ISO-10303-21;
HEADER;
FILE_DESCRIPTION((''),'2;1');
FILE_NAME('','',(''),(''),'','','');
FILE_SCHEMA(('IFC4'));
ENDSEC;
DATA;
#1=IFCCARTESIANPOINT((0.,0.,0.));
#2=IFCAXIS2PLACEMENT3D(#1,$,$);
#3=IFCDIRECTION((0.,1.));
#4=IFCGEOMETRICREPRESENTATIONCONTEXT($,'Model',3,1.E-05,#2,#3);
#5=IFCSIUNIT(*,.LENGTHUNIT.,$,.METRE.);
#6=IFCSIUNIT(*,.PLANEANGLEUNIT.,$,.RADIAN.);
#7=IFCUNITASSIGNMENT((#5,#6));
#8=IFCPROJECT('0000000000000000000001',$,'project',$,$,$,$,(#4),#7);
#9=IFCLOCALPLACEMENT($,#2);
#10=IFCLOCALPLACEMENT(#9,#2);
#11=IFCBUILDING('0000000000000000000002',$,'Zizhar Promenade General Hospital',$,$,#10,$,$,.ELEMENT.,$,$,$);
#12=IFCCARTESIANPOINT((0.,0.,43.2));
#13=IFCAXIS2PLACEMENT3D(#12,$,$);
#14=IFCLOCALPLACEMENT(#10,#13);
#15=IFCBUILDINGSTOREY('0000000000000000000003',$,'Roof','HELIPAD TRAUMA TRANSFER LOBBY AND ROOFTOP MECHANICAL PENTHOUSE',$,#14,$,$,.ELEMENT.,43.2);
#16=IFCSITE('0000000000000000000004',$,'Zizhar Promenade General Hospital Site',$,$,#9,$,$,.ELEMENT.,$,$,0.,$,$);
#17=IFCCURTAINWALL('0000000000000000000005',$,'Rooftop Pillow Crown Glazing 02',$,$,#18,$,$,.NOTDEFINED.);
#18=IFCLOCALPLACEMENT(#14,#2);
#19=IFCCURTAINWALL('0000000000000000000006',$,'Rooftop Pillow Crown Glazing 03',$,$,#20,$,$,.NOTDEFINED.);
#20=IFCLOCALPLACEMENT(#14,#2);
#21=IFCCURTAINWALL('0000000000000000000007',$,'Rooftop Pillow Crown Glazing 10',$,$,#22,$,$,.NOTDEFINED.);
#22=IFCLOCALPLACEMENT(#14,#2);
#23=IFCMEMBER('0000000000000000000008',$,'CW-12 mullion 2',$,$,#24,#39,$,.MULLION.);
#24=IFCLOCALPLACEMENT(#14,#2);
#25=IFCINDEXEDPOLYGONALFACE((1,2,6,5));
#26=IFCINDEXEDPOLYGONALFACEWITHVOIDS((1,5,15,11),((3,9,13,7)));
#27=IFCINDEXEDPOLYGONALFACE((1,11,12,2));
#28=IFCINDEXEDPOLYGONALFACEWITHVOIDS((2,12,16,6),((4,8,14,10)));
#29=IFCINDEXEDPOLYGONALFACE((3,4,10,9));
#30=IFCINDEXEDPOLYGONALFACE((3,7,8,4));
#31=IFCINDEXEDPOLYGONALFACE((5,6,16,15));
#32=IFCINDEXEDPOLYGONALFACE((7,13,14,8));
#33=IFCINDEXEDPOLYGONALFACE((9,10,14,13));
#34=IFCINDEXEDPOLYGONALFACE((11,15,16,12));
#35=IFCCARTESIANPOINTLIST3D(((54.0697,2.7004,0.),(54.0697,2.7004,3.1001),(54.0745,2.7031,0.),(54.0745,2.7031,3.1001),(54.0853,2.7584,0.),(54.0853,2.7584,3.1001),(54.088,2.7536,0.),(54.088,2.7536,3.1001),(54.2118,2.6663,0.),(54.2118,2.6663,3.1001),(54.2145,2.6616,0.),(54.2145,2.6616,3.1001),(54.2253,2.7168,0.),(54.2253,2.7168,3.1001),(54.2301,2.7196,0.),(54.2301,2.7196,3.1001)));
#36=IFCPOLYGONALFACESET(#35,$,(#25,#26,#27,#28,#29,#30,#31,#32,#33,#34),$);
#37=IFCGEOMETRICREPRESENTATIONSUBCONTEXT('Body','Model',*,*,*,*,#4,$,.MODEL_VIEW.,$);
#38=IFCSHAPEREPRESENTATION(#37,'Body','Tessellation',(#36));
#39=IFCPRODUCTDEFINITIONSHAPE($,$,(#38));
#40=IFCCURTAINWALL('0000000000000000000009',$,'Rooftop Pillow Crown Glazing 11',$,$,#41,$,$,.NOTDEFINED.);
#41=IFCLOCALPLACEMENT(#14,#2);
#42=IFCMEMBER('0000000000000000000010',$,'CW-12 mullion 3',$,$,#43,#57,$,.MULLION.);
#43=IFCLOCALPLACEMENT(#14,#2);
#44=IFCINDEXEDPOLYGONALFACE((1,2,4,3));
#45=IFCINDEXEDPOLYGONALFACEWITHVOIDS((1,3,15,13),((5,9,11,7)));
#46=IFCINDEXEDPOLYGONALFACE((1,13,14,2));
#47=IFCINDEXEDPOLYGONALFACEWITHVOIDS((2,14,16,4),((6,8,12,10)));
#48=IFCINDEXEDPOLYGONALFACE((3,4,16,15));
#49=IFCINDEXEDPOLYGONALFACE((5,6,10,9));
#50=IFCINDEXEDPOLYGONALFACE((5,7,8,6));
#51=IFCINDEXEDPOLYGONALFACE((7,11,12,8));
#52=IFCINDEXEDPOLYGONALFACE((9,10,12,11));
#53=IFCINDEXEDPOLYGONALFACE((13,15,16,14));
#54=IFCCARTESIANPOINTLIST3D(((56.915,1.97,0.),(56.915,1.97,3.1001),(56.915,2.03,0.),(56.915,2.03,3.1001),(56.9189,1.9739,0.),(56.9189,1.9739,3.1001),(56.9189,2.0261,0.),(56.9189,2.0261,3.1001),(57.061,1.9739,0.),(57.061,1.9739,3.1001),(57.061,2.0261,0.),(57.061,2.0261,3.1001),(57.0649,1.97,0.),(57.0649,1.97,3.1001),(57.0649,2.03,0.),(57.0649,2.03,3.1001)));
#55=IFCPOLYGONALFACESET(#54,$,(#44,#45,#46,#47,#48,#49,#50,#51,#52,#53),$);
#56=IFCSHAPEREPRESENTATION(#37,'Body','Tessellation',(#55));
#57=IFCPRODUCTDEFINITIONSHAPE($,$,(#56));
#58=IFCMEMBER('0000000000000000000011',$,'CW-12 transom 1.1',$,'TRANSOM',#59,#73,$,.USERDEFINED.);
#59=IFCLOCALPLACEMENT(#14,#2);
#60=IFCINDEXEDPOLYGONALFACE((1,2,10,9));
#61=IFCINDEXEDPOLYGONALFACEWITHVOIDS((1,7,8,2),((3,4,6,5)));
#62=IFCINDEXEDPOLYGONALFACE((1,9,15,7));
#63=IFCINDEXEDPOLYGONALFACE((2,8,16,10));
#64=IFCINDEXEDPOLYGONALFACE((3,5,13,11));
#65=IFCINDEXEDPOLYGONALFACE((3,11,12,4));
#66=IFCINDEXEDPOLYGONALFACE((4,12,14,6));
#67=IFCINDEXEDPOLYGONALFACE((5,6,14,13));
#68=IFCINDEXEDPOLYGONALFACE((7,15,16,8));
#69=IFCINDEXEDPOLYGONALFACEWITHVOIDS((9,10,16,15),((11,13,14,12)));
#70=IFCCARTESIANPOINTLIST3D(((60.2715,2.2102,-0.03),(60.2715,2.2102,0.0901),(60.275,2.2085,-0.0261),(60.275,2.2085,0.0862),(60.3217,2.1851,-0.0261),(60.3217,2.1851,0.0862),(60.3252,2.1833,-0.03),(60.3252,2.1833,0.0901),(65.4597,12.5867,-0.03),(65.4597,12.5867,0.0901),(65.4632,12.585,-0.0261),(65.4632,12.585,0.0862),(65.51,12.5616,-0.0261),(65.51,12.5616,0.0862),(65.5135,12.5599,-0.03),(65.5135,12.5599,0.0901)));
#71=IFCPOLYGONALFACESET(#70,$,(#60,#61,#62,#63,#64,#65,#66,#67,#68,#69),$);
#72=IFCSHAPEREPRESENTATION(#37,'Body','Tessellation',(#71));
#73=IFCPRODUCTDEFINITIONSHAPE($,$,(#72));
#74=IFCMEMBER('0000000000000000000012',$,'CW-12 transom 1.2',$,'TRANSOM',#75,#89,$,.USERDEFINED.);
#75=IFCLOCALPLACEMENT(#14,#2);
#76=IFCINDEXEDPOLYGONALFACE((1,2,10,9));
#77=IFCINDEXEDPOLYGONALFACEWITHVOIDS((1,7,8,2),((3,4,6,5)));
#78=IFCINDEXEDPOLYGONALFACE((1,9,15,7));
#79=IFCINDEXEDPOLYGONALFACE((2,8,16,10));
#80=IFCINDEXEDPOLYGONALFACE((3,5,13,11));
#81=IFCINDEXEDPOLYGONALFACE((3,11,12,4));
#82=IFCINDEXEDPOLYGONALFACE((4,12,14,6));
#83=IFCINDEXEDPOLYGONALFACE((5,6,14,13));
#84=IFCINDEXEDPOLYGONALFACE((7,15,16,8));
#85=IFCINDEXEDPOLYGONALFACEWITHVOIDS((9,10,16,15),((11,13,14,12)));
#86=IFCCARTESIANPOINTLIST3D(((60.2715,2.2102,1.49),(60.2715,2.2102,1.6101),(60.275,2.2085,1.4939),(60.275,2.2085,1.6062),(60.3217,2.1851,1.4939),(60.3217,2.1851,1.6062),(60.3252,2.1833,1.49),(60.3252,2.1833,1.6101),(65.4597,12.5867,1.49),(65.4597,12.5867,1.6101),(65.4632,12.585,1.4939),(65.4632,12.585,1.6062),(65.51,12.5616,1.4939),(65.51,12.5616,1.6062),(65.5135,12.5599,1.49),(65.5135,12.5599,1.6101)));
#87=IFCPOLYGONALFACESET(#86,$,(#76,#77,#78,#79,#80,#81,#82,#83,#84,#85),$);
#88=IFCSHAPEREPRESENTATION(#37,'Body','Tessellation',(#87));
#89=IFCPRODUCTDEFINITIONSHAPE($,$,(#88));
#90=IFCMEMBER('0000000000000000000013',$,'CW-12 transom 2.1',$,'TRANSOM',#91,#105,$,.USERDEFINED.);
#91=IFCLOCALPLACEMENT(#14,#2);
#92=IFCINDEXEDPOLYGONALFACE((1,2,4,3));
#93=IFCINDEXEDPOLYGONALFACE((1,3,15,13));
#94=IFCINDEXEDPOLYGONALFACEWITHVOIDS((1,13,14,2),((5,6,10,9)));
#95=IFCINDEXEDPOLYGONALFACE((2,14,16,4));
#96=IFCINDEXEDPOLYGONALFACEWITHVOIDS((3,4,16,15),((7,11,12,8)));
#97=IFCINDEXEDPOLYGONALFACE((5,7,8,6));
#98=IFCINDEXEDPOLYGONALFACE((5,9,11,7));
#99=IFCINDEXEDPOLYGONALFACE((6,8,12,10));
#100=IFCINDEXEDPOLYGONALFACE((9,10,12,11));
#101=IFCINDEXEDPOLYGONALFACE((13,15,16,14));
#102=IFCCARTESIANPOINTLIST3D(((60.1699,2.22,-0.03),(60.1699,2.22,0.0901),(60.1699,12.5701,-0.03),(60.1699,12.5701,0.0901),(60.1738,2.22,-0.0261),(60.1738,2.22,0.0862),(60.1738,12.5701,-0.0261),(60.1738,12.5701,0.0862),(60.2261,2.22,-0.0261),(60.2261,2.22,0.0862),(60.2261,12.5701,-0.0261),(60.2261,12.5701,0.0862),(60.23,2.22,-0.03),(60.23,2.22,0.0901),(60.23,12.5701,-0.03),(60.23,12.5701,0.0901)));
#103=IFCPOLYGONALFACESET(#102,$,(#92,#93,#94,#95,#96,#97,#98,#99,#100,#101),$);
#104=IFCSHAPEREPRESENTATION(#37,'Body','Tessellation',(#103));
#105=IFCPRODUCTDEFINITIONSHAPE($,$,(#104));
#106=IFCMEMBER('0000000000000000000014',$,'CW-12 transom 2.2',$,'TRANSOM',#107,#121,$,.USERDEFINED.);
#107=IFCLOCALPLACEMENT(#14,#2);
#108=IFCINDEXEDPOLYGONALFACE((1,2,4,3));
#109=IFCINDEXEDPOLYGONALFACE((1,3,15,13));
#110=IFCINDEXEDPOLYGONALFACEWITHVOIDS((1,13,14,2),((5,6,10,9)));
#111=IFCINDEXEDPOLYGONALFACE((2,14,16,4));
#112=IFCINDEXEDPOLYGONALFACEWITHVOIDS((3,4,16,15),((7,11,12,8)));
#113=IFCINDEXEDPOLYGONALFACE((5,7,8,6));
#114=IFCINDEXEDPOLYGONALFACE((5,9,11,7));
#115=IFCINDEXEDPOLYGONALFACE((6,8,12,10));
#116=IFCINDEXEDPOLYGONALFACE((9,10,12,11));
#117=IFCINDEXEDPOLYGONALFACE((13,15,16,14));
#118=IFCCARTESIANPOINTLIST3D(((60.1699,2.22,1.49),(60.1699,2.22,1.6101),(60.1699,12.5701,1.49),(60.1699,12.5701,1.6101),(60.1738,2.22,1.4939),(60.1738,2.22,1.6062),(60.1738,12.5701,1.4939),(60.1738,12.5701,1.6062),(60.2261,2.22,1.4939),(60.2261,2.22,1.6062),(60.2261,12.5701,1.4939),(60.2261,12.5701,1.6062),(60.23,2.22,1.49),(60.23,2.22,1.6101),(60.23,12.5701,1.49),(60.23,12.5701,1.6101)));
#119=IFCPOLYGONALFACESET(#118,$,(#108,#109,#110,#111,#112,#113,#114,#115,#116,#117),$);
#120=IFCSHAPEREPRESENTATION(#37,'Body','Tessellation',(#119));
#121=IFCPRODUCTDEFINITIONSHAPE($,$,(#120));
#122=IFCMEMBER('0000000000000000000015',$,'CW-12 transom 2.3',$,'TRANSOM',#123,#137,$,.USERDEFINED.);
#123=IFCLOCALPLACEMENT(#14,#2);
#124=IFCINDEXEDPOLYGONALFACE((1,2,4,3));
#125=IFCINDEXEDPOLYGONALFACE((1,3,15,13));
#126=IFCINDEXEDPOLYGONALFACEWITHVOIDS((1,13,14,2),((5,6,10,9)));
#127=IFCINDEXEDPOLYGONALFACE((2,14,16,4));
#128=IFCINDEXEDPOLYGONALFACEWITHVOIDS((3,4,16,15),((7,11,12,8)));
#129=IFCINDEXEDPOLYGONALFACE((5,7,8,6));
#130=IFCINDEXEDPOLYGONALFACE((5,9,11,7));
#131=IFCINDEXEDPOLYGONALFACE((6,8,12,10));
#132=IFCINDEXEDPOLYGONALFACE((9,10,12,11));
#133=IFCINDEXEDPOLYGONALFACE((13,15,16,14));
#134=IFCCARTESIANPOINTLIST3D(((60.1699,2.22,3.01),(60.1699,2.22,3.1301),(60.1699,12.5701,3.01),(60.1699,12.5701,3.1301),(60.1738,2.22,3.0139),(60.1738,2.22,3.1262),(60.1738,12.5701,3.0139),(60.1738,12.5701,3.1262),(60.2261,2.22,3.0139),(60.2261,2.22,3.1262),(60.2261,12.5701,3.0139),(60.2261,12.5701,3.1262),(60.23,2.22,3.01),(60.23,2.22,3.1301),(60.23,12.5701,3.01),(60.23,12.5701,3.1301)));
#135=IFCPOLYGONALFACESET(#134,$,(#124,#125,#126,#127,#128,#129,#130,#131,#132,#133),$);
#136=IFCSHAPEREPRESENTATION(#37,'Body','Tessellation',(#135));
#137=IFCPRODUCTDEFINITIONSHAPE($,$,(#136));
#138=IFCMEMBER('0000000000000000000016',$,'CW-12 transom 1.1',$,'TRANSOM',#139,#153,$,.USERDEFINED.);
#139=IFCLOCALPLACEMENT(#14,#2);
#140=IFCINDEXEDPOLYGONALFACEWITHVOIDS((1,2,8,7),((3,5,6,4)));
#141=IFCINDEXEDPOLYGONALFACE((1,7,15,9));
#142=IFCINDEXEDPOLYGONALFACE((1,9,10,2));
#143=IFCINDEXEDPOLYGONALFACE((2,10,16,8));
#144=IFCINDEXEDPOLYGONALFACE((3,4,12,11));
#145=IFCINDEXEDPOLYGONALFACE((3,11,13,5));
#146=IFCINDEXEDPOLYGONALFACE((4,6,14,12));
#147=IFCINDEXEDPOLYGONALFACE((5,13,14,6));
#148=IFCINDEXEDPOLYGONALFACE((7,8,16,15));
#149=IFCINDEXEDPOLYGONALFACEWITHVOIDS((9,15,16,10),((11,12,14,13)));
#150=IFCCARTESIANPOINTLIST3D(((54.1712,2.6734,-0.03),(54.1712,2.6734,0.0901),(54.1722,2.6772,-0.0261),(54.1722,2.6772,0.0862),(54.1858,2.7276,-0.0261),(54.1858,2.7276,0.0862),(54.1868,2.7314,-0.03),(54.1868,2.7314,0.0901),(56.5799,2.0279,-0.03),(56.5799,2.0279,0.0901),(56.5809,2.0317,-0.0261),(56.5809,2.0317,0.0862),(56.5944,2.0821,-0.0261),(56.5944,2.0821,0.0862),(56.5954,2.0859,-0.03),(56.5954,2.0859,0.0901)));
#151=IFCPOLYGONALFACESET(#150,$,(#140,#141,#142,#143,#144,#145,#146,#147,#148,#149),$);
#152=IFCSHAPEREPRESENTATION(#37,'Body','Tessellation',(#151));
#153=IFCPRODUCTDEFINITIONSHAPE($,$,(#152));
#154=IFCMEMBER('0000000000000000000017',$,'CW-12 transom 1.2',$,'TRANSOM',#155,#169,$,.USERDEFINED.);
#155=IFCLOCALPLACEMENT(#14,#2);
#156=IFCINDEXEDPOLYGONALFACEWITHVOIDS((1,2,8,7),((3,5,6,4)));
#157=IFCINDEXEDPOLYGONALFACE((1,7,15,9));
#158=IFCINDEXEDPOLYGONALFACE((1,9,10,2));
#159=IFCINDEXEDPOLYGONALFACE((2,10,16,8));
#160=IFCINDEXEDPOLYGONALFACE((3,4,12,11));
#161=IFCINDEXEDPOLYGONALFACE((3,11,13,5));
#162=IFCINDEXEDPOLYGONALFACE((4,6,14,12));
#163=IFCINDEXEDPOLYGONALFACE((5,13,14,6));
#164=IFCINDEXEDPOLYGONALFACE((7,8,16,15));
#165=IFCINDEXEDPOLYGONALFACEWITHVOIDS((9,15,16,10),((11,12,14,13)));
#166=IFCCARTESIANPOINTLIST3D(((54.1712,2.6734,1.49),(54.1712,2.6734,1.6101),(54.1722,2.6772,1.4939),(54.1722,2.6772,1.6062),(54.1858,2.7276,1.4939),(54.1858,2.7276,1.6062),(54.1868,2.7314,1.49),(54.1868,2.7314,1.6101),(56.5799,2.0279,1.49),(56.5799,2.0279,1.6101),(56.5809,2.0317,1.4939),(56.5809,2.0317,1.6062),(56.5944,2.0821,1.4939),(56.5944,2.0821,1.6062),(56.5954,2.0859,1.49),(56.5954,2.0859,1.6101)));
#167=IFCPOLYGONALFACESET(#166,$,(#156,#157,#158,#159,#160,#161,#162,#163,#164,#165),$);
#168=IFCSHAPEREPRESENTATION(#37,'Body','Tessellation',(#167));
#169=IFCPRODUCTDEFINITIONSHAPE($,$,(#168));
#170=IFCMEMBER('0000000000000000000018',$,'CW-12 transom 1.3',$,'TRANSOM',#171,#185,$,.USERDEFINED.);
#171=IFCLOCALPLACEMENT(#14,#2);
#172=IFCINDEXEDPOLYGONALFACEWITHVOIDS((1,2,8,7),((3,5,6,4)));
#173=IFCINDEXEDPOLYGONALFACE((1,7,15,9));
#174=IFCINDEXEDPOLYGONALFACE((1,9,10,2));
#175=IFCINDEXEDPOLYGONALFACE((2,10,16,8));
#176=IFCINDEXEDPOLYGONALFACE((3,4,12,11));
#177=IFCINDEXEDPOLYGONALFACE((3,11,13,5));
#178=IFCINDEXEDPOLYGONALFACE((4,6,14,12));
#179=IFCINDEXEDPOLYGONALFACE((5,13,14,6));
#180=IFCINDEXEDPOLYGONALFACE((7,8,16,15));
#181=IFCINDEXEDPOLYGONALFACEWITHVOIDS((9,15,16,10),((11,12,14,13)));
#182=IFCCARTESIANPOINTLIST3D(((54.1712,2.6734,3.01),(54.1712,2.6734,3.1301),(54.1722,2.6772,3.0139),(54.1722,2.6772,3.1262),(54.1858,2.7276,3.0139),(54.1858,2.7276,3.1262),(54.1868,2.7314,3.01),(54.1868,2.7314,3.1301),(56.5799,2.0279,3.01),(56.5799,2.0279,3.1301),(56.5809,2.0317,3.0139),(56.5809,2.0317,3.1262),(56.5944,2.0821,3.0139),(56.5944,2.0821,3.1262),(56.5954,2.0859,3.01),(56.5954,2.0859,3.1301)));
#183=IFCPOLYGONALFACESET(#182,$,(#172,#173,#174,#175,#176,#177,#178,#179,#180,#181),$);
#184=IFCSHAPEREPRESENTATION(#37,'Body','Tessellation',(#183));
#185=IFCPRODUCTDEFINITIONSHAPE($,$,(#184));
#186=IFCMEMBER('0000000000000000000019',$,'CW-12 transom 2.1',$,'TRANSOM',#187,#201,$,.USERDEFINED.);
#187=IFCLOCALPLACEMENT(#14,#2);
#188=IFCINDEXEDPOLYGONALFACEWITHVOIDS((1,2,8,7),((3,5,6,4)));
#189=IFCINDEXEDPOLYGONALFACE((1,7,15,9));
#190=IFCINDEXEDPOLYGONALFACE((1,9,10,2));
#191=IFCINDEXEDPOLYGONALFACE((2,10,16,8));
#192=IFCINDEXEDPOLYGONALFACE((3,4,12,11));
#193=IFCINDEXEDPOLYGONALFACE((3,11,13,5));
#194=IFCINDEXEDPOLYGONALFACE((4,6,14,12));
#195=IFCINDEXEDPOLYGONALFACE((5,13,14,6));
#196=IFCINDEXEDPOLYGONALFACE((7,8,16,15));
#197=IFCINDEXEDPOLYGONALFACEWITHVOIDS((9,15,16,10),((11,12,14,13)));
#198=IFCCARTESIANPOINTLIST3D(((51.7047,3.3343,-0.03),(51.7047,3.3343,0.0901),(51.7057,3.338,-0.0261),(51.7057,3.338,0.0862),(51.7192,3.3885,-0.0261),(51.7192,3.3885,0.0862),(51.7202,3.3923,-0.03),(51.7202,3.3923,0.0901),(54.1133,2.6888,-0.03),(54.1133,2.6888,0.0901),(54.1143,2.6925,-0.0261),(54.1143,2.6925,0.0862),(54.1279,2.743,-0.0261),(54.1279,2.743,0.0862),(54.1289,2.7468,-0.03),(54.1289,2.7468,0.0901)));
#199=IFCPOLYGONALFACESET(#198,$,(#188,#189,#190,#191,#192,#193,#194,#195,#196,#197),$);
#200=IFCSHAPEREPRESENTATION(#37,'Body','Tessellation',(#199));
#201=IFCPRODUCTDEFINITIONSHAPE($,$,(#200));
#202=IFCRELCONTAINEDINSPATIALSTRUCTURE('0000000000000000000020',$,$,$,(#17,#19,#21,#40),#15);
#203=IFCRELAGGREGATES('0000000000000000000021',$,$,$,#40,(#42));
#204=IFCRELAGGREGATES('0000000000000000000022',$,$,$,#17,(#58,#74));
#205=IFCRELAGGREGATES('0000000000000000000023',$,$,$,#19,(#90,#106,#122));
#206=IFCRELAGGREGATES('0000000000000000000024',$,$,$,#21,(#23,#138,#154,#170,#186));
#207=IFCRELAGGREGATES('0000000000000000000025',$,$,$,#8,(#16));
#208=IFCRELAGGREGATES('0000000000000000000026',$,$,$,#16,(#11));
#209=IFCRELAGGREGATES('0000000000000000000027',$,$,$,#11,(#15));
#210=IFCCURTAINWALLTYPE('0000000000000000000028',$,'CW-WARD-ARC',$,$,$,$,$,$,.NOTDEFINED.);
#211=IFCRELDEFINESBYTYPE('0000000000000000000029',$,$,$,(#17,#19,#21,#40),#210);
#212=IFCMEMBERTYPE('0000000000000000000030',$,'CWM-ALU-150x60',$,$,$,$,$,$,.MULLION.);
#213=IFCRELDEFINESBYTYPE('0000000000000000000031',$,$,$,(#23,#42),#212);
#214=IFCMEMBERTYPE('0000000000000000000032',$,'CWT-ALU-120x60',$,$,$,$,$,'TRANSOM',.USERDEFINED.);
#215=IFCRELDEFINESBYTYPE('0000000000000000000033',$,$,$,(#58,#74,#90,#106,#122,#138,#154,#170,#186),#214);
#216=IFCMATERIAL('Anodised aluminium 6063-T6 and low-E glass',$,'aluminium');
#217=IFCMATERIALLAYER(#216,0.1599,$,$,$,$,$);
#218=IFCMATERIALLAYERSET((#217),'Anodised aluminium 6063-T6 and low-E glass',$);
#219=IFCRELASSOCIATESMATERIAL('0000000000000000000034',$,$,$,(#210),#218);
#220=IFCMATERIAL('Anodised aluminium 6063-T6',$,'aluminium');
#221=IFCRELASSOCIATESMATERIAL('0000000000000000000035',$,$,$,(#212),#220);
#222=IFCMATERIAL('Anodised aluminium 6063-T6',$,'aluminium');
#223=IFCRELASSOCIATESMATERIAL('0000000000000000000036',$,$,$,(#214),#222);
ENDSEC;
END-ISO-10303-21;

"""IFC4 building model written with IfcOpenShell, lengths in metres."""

from ifc_helpers import new_model, si_unit, direction, frame, origin, origin_2d, place, context, subcontext, project, spatial, hollow_rectangle, extrude, material, layer, layer_set, material_profile, profile_set, type_object, element, aggregate, save


model = new_model("IFC4")

# Units and contexts
model_context = context("Model", 3, precision=1e-05, world=origin(), true_north=direction((0.0, 1.0)))
body_context = subcontext(model_context, "Body", "Model", "MODEL_VIEW")
ifc_project = project(units=[si_unit("LENGTHUNIT", "METRE"), si_unit("PLANEANGLEUNIT", "RADIAN")], contexts=[model_context])

# Site, building, storey
site_placement = place(None, origin())
site = spatial("IfcSite", under=ifc_project, at=site_placement, Name="Zizhar Promenade General Hospital Site", CompositionType="ELEMENT", RefElevation=0.0)
building_placement = place(site_placement, origin())
building = spatial("IfcBuilding", under=site, at=building_placement, Name="Zizhar Promenade General Hospital", CompositionType="ELEMENT")
storey_placement = place(building_placement, frame((0.0, 0.0, 43.2)))
storey = spatial("IfcBuildingStorey", under=building, at=storey_placement, Name="Roof", Description="HELIPAD TRAUMA TRANSFER LOBBY AND ROOFTOP MECHANICAL PENTHOUSE", CompositionType="ELEMENT", Elevation=43.2)

# Curtain wall
ifc_material_1 = material(Name="Anodised aluminium 6063-T6 and low-E glass", Category="aluminium")
ifc_layer_1 = layer(ifc_material_1, 0.1599)
ifc_layer_set_1 = layer_set([ifc_layer_1], Name="Anodised aluminium 6063-T6 and low-E glass")
curtain_wall_type = type_object("IfcCurtainWallType", Name="CW-WARD-ARC", PredefinedType="NOTDEFINED", material=ifc_layer_set_1)
curtain_wall_1_placement = place(storey_placement, origin())
curtain_wall_1 = element("IfcCurtainWall", 1, at=curtain_wall_1_placement, inside=storey, type_object=curtain_wall_type, Name="Rooftop Pillow Crown Glazing 02", PredefinedType="NOTDEFINED")
ifc_material_2 = material(Name="Anodised aluminium 6063-T6", Category="aluminium")
ifc_material_profile_1 = material_profile(ifc_material_2, hollow_rectangle(XDim=0.0601, YDim=0.1499, WallThickness=0.0039, at=origin_2d()))
ifc_profile_set_1 = profile_set([ifc_material_profile_1], Name="Anodised aluminium 6063-T6")
member_type_1 = type_object("IfcMemberType", Name="CWM-ALU-150x60", PredefinedType="MULLION", material=ifc_profile_set_1)

# Curtain walls, member
curtain_wall_2_placement = place(storey_placement, origin())
curtain_wall_2 = element("IfcCurtainWall", 2, at=curtain_wall_2_placement, inside=storey, type_object=curtain_wall_type, Name="Rooftop Pillow Crown Glazing 03", PredefinedType="NOTDEFINED")
curtain_wall_3_placement = place(storey_placement, origin())
curtain_wall_3 = element("IfcCurtainWall", 3, at=curtain_wall_3_placement, inside=storey, type_object=curtain_wall_type, Name="Rooftop Pillow Crown Glazing 10", PredefinedType="NOTDEFINED")
member_1_placement = place(storey_placement, frame((54.1499, 2.71, 0.0), z_axis=(0.0, 0.0, 1.0), x_axis=(-0.258813, -0.965927, 0.0)))
member_1 = element("IfcMember", 4, at=member_1_placement, type_object=member_type_1, Name="CW-12 mullion 2", PredefinedType="MULLION", context=body_context, shape_type="SweptSolid", body=[
    extrude(hollow_rectangle(XDim=0.0601, YDim=0.1499, WallThickness=0.0039, at=origin_2d()), origin(), (0.0, 0.0, 1.0), 3.1001),
])

# Curtain wall, member
curtain_wall_4_placement = place(storey_placement, origin())
curtain_wall_4 = element("IfcCurtainWall", 5, at=curtain_wall_4_placement, inside=storey, type_object=curtain_wall_type, Name="Rooftop Pillow Crown Glazing 11", PredefinedType="NOTDEFINED")
member_2_placement = place(storey_placement, frame((56.99, 2.0, 0.0), z_axis=(0.0, 0.0, 1.0), x_axis=(0.0, -1.0, 0.0)))
member_2 = element("IfcMember", 6, at=member_2_placement, type_object=member_type_1, Name="CW-12 mullion 3", PredefinedType="MULLION", context=body_context, shape_type="SweptSolid", body=[
    extrude(hollow_rectangle(XDim=0.0601, YDim=0.1499, WallThickness=0.0039, at=origin_2d()), origin(), (0.0, 0.0, 1.0), 3.1001),
])
aggregate(curtain_wall_4, [member_2])

# Members
ifc_material_3 = material(Name="Anodised aluminium 6063-T6", Category="aluminium")
ifc_material_profile_2 = material_profile(ifc_material_3, hollow_rectangle(XDim=0.0601, YDim=0.1201, WallThickness=0.0039, at=origin_2d()))
ifc_profile_set_2 = profile_set([ifc_material_profile_2], Name="Anodised aluminium 6063-T6")
member_type_2 = type_object("IfcMemberType", Name="CWT-ALU-120x60", ElementType="TRANSOM", PredefinedType="USERDEFINED", material=ifc_profile_set_2)
member_3_placement = place(storey_placement, frame((60.2983, 2.1968, 0.03), z_axis=(0.447214, 0.894427, 0.0), x_axis=(-0.894427, 0.447214, 0.0)))
member_3 = element("IfcMember", 7, at=member_3_placement, type_object=member_type_2, Name="CW-12 transom 1.1", ObjectType="TRANSOM", PredefinedType="USERDEFINED", context=body_context, shape_type="SweptSolid", body=[
    extrude(hollow_rectangle(XDim=0.0601, YDim=0.1201, WallThickness=0.0039, at=origin_2d()), origin(), (0.0, 0.0, 1.0), 11.6013),
])
member_4_placement = place(storey_placement, frame((60.2983, 2.1968, 1.55), z_axis=(0.447214, 0.894427, 0.0), x_axis=(-0.894427, 0.447214, 0.0)))
member_4 = element("IfcMember", 8, at=member_4_placement, type_object=member_type_2, Name="CW-12 transom 1.2", ObjectType="TRANSOM", PredefinedType="USERDEFINED", context=body_context, shape_type="SweptSolid", body=[
    extrude(hollow_rectangle(XDim=0.0601, YDim=0.1201, WallThickness=0.0039, at=origin_2d()), origin(), (0.0, 0.0, 1.0), 11.6013),
])
aggregate(curtain_wall_1, [member_3, member_4])
member_5_placement = place(storey_placement, frame((60.2, 12.5701, 0.03), z_axis=(0.0, -1.0, 0.0), x_axis=(1.0, 0.0, 0.0)))
member_5 = element("IfcMember", 9, at=member_5_placement, type_object=member_type_2, Name="CW-12 transom 2.1", ObjectType="TRANSOM", PredefinedType="USERDEFINED", context=body_context, shape_type="SweptSolid", body=[
    extrude(hollow_rectangle(XDim=0.0601, YDim=0.1201, WallThickness=0.0039, at=origin_2d()), origin(), (0.0, 0.0, 1.0), 10.3501),
])
member_6_placement = place(storey_placement, frame((60.2, 12.5701, 1.55), z_axis=(0.0, -1.0, 0.0), x_axis=(1.0, 0.0, 0.0)))
member_6 = element("IfcMember", 10, at=member_6_placement, type_object=member_type_2, Name="CW-12 transom 2.2", ObjectType="TRANSOM", PredefinedType="USERDEFINED", context=body_context, shape_type="SweptSolid", body=[
    extrude(hollow_rectangle(XDim=0.0601, YDim=0.1201, WallThickness=0.0039, at=origin_2d()), origin(), (0.0, 0.0, 1.0), 10.3501),
])
member_7_placement = place(storey_placement, frame((60.2, 12.5701, 3.0701), z_axis=(0.0, -1.0, 0.0), x_axis=(1.0, 0.0, 0.0)))
member_7 = element("IfcMember", 11, at=member_7_placement, type_object=member_type_2, Name="CW-12 transom 2.3", ObjectType="TRANSOM", PredefinedType="USERDEFINED", context=body_context, shape_type="SweptSolid", body=[
    extrude(hollow_rectangle(XDim=0.0601, YDim=0.1201, WallThickness=0.0039, at=origin_2d()), origin(), (0.0, 0.0, 1.0), 10.3501),
])
member_8_placement = place(storey_placement, frame((56.5876, 2.0569, 0.03), z_axis=(-0.965916, 0.258857, 0.0), x_axis=(-0.258857, -0.965916, 0.0)))
member_8 = element("IfcMember", 12, at=member_8_placement, type_object=member_type_2, Name="CW-12 transom 1.1", ObjectType="TRANSOM", PredefinedType="USERDEFINED", context=body_context, shape_type="SweptSolid", body=[
    extrude(hollow_rectangle(XDim=0.0601, YDim=0.1201, WallThickness=0.0039, at=origin_2d()), origin(), (0.0, 0.0, 1.0), 2.4937),
])
member_9_placement = place(storey_placement, frame((56.5876, 2.0569, 1.55), z_axis=(-0.965916, 0.258857, 0.0), x_axis=(-0.258857, -0.965916, 0.0)))
member_9 = element("IfcMember", 13, at=member_9_placement, type_object=member_type_2, Name="CW-12 transom 1.2", ObjectType="TRANSOM", PredefinedType="USERDEFINED", context=body_context, shape_type="SweptSolid", body=[
    extrude(hollow_rectangle(XDim=0.0601, YDim=0.1201, WallThickness=0.0039, at=origin_2d()), origin(), (0.0, 0.0, 1.0), 2.4937),
])
member_10_placement = place(storey_placement, frame((56.5876, 2.0569, 3.0701), z_axis=(-0.965916, 0.258857, 0.0), x_axis=(-0.258857, -0.965916, 0.0)))
member_10 = element("IfcMember", 14, at=member_10_placement, type_object=member_type_2, Name="CW-12 transom 1.3", ObjectType="TRANSOM", PredefinedType="USERDEFINED", context=body_context, shape_type="SweptSolid", body=[
    extrude(hollow_rectangle(XDim=0.0601, YDim=0.1201, WallThickness=0.0039, at=origin_2d()), origin(), (0.0, 0.0, 1.0), 2.4937),
])
member_11_placement = place(storey_placement, frame((54.1211, 2.7178, 0.03), z_axis=(-0.965916, 0.258857, 0.0), x_axis=(-0.258857, -0.965916, 0.0)))
member_11 = element("IfcMember", 15, at=member_11_placement, type_object=member_type_2, Name="CW-12 transom 2.1", ObjectType="TRANSOM", PredefinedType="USERDEFINED", context=body_context, shape_type="SweptSolid", body=[
    extrude(hollow_rectangle(XDim=0.0601, YDim=0.1201, WallThickness=0.0039, at=origin_2d()), origin(), (0.0, 0.0, 1.0), 2.4937),
])

aggregate(curtain_wall_2, [member_5, member_6, member_7])
aggregate(curtain_wall_3, [member_1, member_8, member_9, member_10, member_11])

save(model, "model.ifc")
